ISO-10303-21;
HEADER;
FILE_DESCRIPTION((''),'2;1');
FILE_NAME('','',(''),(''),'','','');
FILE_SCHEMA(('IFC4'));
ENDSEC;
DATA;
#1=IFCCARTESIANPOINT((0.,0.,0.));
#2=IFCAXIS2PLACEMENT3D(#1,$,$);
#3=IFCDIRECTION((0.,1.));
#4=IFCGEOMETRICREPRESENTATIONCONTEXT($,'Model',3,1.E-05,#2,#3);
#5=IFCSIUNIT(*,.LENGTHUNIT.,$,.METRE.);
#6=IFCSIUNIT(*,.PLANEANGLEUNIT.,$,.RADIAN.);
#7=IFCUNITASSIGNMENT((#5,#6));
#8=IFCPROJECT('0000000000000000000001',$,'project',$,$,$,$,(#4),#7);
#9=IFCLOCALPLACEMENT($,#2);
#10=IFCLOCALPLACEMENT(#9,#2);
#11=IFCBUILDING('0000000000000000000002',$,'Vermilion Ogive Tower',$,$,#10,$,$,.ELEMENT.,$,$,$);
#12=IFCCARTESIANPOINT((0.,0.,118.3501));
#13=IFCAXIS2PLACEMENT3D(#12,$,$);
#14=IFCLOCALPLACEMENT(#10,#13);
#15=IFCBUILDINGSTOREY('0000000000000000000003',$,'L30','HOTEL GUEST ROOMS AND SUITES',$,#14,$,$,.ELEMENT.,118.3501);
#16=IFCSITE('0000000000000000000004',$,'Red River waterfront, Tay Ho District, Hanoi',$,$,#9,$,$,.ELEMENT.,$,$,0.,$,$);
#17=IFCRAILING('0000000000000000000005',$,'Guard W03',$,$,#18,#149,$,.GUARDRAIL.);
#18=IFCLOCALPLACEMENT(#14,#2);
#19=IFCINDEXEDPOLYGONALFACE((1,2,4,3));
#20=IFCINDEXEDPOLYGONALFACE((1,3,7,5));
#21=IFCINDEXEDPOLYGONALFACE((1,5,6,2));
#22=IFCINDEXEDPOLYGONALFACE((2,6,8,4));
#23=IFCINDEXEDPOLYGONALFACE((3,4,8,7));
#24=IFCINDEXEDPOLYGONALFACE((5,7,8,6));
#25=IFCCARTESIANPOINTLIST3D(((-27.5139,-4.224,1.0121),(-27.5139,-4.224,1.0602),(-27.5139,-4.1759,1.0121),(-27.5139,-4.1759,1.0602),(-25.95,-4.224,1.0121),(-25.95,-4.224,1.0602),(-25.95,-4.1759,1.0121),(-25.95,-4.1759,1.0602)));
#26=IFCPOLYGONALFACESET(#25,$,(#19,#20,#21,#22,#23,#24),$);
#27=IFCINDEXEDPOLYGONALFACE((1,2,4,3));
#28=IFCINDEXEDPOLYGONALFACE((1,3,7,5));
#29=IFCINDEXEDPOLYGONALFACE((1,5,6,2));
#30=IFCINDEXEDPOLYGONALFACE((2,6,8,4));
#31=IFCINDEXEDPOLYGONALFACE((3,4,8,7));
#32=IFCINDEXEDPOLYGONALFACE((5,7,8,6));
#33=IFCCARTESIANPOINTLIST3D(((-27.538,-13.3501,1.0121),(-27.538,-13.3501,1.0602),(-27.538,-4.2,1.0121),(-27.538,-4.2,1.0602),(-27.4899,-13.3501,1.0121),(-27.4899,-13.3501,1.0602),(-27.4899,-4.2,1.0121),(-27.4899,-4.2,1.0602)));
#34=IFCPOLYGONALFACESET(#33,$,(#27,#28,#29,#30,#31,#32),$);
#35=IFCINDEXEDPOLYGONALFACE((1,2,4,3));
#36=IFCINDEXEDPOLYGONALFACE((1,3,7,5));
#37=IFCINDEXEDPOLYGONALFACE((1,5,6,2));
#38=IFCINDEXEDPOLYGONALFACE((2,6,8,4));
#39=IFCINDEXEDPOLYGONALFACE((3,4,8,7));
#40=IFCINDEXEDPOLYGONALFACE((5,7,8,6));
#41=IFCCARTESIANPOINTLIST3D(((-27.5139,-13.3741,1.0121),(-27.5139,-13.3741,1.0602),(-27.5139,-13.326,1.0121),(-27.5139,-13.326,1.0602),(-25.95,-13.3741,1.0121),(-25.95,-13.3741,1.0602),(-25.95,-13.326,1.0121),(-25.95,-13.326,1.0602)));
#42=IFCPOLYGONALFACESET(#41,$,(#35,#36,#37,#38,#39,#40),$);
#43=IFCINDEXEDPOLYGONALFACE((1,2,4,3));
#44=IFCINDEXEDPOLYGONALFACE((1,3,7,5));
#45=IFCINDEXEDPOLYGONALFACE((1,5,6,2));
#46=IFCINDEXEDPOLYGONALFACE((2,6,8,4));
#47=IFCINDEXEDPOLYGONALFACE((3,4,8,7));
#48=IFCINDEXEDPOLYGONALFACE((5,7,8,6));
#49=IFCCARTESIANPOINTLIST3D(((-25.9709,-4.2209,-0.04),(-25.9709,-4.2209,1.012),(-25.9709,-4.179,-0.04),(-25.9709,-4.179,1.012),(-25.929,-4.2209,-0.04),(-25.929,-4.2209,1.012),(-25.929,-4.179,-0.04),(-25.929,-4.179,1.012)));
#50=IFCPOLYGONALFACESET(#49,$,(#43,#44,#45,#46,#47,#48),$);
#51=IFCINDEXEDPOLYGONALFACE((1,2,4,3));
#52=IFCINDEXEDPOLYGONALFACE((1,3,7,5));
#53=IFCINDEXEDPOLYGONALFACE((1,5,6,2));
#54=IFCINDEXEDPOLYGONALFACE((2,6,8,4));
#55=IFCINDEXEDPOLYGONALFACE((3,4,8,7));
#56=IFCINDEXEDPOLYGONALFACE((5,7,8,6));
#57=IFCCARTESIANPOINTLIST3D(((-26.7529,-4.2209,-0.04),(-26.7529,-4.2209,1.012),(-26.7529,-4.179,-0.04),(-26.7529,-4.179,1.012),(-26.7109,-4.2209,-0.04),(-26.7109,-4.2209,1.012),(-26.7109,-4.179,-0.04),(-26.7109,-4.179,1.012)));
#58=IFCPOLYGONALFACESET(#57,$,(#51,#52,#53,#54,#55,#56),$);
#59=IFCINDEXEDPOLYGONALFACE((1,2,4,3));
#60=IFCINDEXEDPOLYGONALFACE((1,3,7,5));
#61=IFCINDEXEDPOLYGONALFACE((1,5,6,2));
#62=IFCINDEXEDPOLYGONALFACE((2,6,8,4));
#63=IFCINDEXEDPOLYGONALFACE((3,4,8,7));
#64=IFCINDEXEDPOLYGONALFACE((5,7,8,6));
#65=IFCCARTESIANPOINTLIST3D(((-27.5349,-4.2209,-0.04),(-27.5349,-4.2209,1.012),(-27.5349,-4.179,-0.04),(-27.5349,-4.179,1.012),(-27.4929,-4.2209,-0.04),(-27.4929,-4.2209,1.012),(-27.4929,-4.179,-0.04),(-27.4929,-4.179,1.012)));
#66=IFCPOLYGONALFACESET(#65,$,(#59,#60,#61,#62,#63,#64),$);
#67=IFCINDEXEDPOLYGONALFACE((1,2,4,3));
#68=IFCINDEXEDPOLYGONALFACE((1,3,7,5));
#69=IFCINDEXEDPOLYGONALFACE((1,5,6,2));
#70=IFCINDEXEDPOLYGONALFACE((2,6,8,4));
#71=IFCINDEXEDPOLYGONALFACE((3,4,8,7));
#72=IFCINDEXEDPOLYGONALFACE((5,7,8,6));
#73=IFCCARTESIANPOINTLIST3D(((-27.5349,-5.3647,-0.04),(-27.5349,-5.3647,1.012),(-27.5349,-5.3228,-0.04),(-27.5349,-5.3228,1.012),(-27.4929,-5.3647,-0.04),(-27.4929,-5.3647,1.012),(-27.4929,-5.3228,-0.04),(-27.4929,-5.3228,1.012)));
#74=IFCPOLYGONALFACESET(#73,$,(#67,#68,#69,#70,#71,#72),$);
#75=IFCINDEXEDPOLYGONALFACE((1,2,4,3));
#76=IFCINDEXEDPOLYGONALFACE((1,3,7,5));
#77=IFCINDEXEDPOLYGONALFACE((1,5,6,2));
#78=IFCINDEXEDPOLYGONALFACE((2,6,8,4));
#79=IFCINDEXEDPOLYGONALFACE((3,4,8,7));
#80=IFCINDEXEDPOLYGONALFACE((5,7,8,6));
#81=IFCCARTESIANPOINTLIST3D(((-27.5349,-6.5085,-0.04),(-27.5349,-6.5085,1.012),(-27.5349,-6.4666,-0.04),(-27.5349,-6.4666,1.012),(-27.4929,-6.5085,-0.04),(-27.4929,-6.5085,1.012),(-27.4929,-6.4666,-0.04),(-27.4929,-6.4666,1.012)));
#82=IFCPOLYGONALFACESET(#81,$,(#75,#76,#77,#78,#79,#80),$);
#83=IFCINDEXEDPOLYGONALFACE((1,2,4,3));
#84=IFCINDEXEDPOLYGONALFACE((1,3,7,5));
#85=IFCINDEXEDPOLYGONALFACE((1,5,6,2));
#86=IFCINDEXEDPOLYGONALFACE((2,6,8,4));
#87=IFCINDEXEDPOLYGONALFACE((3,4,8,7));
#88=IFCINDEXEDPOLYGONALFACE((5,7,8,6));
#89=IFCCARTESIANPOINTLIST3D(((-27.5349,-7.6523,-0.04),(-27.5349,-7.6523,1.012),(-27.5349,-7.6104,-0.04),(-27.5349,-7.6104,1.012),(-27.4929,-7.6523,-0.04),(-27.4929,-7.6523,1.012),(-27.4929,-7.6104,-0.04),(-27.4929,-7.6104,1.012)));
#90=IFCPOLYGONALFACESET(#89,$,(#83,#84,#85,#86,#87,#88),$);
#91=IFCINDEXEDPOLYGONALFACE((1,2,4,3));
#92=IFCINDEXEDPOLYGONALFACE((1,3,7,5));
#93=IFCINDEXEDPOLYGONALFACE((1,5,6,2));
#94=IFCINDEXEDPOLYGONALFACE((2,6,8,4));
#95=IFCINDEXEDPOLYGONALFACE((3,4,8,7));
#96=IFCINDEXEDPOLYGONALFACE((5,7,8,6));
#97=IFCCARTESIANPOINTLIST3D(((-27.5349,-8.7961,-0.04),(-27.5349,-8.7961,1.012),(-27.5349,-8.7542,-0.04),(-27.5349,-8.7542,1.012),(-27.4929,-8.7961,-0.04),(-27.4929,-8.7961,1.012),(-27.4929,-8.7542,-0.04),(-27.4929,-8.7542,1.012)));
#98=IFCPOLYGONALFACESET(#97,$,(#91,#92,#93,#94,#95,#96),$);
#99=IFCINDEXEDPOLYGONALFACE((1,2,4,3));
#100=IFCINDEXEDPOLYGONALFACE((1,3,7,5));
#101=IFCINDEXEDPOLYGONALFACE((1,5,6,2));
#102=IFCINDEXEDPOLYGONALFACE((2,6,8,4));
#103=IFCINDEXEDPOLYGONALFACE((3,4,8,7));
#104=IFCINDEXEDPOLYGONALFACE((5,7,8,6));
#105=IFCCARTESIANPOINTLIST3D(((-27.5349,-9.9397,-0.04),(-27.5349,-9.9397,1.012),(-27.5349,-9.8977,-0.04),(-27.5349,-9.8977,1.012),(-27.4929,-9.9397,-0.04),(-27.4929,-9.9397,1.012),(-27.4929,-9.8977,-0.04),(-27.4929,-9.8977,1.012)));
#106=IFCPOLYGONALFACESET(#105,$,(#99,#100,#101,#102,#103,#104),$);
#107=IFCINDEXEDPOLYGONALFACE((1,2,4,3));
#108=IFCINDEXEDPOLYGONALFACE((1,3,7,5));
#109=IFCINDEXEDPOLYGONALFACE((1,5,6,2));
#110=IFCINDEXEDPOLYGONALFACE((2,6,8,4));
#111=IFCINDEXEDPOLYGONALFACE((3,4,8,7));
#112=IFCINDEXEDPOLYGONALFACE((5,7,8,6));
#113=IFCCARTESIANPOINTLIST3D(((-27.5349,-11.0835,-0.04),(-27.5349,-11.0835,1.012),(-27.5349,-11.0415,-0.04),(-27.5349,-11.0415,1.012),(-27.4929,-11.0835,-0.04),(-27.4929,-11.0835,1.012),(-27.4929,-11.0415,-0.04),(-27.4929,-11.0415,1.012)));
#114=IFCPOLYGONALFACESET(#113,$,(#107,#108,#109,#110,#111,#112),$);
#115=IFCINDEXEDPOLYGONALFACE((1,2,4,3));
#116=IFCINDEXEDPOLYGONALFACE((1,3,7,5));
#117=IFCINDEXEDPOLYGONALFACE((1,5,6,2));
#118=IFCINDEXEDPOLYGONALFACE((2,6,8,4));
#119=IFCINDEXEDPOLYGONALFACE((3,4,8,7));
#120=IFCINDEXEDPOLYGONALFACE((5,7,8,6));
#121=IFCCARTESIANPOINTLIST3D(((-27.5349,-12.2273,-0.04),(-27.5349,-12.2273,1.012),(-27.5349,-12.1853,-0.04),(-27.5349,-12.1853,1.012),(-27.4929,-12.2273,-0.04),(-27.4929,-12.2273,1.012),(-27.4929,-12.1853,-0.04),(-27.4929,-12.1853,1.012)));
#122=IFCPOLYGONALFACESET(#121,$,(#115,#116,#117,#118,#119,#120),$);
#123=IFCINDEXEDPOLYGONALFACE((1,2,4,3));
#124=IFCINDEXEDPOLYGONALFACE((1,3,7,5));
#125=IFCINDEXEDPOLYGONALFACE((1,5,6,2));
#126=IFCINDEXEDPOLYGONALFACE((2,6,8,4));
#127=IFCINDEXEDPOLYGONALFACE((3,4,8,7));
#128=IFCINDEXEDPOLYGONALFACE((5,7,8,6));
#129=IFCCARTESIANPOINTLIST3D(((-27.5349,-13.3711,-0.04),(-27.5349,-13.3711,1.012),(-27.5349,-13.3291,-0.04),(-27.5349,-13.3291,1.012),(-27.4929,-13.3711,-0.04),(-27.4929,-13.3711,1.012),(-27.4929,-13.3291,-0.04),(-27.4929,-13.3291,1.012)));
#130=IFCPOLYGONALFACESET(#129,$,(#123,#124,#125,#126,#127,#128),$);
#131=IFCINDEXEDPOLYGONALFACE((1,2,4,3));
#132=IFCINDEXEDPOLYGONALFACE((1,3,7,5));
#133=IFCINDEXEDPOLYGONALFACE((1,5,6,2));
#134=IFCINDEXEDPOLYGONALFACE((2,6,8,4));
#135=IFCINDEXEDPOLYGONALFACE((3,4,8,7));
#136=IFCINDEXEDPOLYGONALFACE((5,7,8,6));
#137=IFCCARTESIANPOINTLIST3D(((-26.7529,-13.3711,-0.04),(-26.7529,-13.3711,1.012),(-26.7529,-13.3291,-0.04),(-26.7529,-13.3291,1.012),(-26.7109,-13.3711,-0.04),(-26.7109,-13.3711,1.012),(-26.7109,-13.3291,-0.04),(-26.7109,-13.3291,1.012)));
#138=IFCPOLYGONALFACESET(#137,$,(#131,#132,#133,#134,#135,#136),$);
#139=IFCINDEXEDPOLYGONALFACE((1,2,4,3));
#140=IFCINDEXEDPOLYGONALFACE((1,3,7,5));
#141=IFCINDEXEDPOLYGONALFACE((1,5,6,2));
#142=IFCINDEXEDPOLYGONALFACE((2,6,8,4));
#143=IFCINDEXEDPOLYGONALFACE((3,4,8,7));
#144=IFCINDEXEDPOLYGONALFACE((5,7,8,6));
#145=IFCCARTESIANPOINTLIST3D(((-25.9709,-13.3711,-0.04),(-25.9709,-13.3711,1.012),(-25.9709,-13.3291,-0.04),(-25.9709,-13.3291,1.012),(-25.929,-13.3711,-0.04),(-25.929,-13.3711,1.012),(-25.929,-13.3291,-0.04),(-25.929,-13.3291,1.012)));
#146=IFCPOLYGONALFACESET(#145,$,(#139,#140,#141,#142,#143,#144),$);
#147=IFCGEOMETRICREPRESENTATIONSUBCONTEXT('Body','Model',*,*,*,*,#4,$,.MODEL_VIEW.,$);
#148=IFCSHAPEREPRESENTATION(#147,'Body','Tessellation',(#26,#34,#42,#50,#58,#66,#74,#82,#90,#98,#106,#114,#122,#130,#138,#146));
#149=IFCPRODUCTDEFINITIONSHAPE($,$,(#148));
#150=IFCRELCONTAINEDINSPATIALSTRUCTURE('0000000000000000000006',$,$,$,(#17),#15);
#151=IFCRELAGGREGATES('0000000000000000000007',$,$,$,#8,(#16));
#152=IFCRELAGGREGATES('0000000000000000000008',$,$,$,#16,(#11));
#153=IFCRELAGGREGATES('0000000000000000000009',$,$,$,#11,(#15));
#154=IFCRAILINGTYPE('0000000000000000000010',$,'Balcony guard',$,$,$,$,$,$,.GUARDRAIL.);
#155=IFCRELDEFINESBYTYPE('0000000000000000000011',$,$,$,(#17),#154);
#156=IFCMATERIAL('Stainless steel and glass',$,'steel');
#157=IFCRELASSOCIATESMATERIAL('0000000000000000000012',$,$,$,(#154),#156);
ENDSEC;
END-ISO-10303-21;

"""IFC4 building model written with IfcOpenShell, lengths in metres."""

from ifc_helpers import new_model, si_unit, direction, frame, origin, origin_2d, place, context, subcontext, project, spatial, rectangle, extrude, material, type_object, element, save


model = new_model("IFC4")

# Units and contexts
model_context = context("Model", 3, precision=1e-05, world=origin(), true_north=direction((0.0, 1.0)))
body_context = subcontext(model_context, "Body", "Model", "MODEL_VIEW")
ifc_project = project(units=[si_unit("LENGTHUNIT", "METRE"), si_unit("PLANEANGLEUNIT", "RADIAN")], contexts=[model_context])

# Site, building, storey
site_placement = place(None, origin())
site = spatial("IfcSite", under=ifc_project, at=site_placement, Name="Red River waterfront, Tay Ho District, Hanoi", CompositionType="ELEMENT", RefElevation=0.0)
building_placement = place(site_placement, origin())
building = spatial("IfcBuilding", under=site, at=building_placement, Name="Vermilion Ogive Tower", CompositionType="ELEMENT")
storey_placement = place(building_placement, frame((0.0, 0.0, 118.3501)))
storey = spatial("IfcBuildingStorey", under=building, at=storey_placement, Name="L30", Description="HOTEL GUEST ROOMS AND SUITES", CompositionType="ELEMENT", Elevation=118.3501)

# Railing
ifc_material_1 = material(Name="Stainless steel and glass", Category="steel")
railing_type = type_object("IfcRailingType", Name="Balcony guard", PredefinedType="GUARDRAIL", material=ifc_material_1)
railing_placement = place(storey_placement, frame((-25.95, -4.2, -0.04)))
element("IfcRailing", 1, at=railing_placement, inside=storey, type_object=railing_type, Name="Guard W03", PredefinedType="GUARDRAIL", context=body_context, shape_type="SweptSolid", body=[
    extrude(rectangle(XDim=0.0481, YDim=0.0481, at=origin_2d()), frame((0.0, 0.0, 1.0762), z_axis=(-1.0, 0.0, 0.0), x_axis=(0.0, -1.0, 0.0)), (0.0, 0.0, 1.0), 1.564),
    extrude(rectangle(XDim=0.0481, YDim=0.0481, at=origin_2d()), frame((-1.564, 0.0, 1.0762), z_axis=(0.0, -1.0, 0.0), x_axis=(1.0, 0.0, 0.0)), (0.0, 0.0, 1.0), 9.1501),
    extrude(rectangle(XDim=0.0481, YDim=0.0481, at=origin_2d()), frame((-1.564, -9.1501, 1.0762), z_axis=(1.0, 0.0, 0.0), x_axis=(0.0, 1.0, 0.0)), (0.0, 0.0, 1.0), 1.564),
    extrude(rectangle(XDim=0.042, YDim=0.042, at=origin_2d()), origin(), (0.0, 0.0, 1.0), 1.052),
    extrude(rectangle(XDim=0.042, YDim=0.042, at=origin_2d()), frame((-0.782, 0.0, 0.0)), (0.0, 0.0, 1.0), 1.052),
    extrude(rectangle(XDim=0.042, YDim=0.042, at=origin_2d()), frame((-1.564, 0.0, 0.0)), (0.0, 0.0, 1.0), 1.052),
    extrude(rectangle(XDim=0.042, YDim=0.042, at=origin_2d()), frame((-1.564, -1.1438, 0.0)), (0.0, 0.0, 1.0), 1.052),
    extrude(rectangle(XDim=0.042, YDim=0.042, at=origin_2d()), frame((-1.564, -2.2876, 0.0)), (0.0, 0.0, 1.0), 1.052),
    extrude(rectangle(XDim=0.042, YDim=0.042, at=origin_2d()), frame((-1.564, -3.4314, 0.0)), (0.0, 0.0, 1.0), 1.052),
    extrude(rectangle(XDim=0.042, YDim=0.042, at=origin_2d()), frame((-1.564, -4.5752, 0.0)), (0.0, 0.0, 1.0), 1.052),
    extrude(rectangle(XDim=0.042, YDim=0.042, at=origin_2d()), frame((-1.564, -5.7188, 0.0)), (0.0, 0.0, 1.0), 1.052),
    extrude(rectangle(XDim=0.042, YDim=0.042, at=origin_2d()), frame((-1.564, -6.8625, 0.0)), (0.0, 0.0, 1.0), 1.052),
    extrude(rectangle(XDim=0.042, YDim=0.042, at=origin_2d()), frame((-1.564, -8.0063, 0.0)), (0.0, 0.0, 1.0), 1.052),
    extrude(rectangle(XDim=0.042, YDim=0.042, at=origin_2d()), frame((-1.564, -9.1501, 0.0)), (0.0, 0.0, 1.0), 1.052),
    extrude(rectangle(XDim=0.042, YDim=0.042, at=origin_2d()), frame((-0.782, -9.1501, 0.0)), (0.0, 0.0, 1.0), 1.052),
    extrude(rectangle(XDim=0.042, YDim=0.042, at=origin_2d()), frame((0.0, -9.1501, 0.0)), (0.0, 0.0, 1.0), 1.052),
])

save(model, "model.ifc")
